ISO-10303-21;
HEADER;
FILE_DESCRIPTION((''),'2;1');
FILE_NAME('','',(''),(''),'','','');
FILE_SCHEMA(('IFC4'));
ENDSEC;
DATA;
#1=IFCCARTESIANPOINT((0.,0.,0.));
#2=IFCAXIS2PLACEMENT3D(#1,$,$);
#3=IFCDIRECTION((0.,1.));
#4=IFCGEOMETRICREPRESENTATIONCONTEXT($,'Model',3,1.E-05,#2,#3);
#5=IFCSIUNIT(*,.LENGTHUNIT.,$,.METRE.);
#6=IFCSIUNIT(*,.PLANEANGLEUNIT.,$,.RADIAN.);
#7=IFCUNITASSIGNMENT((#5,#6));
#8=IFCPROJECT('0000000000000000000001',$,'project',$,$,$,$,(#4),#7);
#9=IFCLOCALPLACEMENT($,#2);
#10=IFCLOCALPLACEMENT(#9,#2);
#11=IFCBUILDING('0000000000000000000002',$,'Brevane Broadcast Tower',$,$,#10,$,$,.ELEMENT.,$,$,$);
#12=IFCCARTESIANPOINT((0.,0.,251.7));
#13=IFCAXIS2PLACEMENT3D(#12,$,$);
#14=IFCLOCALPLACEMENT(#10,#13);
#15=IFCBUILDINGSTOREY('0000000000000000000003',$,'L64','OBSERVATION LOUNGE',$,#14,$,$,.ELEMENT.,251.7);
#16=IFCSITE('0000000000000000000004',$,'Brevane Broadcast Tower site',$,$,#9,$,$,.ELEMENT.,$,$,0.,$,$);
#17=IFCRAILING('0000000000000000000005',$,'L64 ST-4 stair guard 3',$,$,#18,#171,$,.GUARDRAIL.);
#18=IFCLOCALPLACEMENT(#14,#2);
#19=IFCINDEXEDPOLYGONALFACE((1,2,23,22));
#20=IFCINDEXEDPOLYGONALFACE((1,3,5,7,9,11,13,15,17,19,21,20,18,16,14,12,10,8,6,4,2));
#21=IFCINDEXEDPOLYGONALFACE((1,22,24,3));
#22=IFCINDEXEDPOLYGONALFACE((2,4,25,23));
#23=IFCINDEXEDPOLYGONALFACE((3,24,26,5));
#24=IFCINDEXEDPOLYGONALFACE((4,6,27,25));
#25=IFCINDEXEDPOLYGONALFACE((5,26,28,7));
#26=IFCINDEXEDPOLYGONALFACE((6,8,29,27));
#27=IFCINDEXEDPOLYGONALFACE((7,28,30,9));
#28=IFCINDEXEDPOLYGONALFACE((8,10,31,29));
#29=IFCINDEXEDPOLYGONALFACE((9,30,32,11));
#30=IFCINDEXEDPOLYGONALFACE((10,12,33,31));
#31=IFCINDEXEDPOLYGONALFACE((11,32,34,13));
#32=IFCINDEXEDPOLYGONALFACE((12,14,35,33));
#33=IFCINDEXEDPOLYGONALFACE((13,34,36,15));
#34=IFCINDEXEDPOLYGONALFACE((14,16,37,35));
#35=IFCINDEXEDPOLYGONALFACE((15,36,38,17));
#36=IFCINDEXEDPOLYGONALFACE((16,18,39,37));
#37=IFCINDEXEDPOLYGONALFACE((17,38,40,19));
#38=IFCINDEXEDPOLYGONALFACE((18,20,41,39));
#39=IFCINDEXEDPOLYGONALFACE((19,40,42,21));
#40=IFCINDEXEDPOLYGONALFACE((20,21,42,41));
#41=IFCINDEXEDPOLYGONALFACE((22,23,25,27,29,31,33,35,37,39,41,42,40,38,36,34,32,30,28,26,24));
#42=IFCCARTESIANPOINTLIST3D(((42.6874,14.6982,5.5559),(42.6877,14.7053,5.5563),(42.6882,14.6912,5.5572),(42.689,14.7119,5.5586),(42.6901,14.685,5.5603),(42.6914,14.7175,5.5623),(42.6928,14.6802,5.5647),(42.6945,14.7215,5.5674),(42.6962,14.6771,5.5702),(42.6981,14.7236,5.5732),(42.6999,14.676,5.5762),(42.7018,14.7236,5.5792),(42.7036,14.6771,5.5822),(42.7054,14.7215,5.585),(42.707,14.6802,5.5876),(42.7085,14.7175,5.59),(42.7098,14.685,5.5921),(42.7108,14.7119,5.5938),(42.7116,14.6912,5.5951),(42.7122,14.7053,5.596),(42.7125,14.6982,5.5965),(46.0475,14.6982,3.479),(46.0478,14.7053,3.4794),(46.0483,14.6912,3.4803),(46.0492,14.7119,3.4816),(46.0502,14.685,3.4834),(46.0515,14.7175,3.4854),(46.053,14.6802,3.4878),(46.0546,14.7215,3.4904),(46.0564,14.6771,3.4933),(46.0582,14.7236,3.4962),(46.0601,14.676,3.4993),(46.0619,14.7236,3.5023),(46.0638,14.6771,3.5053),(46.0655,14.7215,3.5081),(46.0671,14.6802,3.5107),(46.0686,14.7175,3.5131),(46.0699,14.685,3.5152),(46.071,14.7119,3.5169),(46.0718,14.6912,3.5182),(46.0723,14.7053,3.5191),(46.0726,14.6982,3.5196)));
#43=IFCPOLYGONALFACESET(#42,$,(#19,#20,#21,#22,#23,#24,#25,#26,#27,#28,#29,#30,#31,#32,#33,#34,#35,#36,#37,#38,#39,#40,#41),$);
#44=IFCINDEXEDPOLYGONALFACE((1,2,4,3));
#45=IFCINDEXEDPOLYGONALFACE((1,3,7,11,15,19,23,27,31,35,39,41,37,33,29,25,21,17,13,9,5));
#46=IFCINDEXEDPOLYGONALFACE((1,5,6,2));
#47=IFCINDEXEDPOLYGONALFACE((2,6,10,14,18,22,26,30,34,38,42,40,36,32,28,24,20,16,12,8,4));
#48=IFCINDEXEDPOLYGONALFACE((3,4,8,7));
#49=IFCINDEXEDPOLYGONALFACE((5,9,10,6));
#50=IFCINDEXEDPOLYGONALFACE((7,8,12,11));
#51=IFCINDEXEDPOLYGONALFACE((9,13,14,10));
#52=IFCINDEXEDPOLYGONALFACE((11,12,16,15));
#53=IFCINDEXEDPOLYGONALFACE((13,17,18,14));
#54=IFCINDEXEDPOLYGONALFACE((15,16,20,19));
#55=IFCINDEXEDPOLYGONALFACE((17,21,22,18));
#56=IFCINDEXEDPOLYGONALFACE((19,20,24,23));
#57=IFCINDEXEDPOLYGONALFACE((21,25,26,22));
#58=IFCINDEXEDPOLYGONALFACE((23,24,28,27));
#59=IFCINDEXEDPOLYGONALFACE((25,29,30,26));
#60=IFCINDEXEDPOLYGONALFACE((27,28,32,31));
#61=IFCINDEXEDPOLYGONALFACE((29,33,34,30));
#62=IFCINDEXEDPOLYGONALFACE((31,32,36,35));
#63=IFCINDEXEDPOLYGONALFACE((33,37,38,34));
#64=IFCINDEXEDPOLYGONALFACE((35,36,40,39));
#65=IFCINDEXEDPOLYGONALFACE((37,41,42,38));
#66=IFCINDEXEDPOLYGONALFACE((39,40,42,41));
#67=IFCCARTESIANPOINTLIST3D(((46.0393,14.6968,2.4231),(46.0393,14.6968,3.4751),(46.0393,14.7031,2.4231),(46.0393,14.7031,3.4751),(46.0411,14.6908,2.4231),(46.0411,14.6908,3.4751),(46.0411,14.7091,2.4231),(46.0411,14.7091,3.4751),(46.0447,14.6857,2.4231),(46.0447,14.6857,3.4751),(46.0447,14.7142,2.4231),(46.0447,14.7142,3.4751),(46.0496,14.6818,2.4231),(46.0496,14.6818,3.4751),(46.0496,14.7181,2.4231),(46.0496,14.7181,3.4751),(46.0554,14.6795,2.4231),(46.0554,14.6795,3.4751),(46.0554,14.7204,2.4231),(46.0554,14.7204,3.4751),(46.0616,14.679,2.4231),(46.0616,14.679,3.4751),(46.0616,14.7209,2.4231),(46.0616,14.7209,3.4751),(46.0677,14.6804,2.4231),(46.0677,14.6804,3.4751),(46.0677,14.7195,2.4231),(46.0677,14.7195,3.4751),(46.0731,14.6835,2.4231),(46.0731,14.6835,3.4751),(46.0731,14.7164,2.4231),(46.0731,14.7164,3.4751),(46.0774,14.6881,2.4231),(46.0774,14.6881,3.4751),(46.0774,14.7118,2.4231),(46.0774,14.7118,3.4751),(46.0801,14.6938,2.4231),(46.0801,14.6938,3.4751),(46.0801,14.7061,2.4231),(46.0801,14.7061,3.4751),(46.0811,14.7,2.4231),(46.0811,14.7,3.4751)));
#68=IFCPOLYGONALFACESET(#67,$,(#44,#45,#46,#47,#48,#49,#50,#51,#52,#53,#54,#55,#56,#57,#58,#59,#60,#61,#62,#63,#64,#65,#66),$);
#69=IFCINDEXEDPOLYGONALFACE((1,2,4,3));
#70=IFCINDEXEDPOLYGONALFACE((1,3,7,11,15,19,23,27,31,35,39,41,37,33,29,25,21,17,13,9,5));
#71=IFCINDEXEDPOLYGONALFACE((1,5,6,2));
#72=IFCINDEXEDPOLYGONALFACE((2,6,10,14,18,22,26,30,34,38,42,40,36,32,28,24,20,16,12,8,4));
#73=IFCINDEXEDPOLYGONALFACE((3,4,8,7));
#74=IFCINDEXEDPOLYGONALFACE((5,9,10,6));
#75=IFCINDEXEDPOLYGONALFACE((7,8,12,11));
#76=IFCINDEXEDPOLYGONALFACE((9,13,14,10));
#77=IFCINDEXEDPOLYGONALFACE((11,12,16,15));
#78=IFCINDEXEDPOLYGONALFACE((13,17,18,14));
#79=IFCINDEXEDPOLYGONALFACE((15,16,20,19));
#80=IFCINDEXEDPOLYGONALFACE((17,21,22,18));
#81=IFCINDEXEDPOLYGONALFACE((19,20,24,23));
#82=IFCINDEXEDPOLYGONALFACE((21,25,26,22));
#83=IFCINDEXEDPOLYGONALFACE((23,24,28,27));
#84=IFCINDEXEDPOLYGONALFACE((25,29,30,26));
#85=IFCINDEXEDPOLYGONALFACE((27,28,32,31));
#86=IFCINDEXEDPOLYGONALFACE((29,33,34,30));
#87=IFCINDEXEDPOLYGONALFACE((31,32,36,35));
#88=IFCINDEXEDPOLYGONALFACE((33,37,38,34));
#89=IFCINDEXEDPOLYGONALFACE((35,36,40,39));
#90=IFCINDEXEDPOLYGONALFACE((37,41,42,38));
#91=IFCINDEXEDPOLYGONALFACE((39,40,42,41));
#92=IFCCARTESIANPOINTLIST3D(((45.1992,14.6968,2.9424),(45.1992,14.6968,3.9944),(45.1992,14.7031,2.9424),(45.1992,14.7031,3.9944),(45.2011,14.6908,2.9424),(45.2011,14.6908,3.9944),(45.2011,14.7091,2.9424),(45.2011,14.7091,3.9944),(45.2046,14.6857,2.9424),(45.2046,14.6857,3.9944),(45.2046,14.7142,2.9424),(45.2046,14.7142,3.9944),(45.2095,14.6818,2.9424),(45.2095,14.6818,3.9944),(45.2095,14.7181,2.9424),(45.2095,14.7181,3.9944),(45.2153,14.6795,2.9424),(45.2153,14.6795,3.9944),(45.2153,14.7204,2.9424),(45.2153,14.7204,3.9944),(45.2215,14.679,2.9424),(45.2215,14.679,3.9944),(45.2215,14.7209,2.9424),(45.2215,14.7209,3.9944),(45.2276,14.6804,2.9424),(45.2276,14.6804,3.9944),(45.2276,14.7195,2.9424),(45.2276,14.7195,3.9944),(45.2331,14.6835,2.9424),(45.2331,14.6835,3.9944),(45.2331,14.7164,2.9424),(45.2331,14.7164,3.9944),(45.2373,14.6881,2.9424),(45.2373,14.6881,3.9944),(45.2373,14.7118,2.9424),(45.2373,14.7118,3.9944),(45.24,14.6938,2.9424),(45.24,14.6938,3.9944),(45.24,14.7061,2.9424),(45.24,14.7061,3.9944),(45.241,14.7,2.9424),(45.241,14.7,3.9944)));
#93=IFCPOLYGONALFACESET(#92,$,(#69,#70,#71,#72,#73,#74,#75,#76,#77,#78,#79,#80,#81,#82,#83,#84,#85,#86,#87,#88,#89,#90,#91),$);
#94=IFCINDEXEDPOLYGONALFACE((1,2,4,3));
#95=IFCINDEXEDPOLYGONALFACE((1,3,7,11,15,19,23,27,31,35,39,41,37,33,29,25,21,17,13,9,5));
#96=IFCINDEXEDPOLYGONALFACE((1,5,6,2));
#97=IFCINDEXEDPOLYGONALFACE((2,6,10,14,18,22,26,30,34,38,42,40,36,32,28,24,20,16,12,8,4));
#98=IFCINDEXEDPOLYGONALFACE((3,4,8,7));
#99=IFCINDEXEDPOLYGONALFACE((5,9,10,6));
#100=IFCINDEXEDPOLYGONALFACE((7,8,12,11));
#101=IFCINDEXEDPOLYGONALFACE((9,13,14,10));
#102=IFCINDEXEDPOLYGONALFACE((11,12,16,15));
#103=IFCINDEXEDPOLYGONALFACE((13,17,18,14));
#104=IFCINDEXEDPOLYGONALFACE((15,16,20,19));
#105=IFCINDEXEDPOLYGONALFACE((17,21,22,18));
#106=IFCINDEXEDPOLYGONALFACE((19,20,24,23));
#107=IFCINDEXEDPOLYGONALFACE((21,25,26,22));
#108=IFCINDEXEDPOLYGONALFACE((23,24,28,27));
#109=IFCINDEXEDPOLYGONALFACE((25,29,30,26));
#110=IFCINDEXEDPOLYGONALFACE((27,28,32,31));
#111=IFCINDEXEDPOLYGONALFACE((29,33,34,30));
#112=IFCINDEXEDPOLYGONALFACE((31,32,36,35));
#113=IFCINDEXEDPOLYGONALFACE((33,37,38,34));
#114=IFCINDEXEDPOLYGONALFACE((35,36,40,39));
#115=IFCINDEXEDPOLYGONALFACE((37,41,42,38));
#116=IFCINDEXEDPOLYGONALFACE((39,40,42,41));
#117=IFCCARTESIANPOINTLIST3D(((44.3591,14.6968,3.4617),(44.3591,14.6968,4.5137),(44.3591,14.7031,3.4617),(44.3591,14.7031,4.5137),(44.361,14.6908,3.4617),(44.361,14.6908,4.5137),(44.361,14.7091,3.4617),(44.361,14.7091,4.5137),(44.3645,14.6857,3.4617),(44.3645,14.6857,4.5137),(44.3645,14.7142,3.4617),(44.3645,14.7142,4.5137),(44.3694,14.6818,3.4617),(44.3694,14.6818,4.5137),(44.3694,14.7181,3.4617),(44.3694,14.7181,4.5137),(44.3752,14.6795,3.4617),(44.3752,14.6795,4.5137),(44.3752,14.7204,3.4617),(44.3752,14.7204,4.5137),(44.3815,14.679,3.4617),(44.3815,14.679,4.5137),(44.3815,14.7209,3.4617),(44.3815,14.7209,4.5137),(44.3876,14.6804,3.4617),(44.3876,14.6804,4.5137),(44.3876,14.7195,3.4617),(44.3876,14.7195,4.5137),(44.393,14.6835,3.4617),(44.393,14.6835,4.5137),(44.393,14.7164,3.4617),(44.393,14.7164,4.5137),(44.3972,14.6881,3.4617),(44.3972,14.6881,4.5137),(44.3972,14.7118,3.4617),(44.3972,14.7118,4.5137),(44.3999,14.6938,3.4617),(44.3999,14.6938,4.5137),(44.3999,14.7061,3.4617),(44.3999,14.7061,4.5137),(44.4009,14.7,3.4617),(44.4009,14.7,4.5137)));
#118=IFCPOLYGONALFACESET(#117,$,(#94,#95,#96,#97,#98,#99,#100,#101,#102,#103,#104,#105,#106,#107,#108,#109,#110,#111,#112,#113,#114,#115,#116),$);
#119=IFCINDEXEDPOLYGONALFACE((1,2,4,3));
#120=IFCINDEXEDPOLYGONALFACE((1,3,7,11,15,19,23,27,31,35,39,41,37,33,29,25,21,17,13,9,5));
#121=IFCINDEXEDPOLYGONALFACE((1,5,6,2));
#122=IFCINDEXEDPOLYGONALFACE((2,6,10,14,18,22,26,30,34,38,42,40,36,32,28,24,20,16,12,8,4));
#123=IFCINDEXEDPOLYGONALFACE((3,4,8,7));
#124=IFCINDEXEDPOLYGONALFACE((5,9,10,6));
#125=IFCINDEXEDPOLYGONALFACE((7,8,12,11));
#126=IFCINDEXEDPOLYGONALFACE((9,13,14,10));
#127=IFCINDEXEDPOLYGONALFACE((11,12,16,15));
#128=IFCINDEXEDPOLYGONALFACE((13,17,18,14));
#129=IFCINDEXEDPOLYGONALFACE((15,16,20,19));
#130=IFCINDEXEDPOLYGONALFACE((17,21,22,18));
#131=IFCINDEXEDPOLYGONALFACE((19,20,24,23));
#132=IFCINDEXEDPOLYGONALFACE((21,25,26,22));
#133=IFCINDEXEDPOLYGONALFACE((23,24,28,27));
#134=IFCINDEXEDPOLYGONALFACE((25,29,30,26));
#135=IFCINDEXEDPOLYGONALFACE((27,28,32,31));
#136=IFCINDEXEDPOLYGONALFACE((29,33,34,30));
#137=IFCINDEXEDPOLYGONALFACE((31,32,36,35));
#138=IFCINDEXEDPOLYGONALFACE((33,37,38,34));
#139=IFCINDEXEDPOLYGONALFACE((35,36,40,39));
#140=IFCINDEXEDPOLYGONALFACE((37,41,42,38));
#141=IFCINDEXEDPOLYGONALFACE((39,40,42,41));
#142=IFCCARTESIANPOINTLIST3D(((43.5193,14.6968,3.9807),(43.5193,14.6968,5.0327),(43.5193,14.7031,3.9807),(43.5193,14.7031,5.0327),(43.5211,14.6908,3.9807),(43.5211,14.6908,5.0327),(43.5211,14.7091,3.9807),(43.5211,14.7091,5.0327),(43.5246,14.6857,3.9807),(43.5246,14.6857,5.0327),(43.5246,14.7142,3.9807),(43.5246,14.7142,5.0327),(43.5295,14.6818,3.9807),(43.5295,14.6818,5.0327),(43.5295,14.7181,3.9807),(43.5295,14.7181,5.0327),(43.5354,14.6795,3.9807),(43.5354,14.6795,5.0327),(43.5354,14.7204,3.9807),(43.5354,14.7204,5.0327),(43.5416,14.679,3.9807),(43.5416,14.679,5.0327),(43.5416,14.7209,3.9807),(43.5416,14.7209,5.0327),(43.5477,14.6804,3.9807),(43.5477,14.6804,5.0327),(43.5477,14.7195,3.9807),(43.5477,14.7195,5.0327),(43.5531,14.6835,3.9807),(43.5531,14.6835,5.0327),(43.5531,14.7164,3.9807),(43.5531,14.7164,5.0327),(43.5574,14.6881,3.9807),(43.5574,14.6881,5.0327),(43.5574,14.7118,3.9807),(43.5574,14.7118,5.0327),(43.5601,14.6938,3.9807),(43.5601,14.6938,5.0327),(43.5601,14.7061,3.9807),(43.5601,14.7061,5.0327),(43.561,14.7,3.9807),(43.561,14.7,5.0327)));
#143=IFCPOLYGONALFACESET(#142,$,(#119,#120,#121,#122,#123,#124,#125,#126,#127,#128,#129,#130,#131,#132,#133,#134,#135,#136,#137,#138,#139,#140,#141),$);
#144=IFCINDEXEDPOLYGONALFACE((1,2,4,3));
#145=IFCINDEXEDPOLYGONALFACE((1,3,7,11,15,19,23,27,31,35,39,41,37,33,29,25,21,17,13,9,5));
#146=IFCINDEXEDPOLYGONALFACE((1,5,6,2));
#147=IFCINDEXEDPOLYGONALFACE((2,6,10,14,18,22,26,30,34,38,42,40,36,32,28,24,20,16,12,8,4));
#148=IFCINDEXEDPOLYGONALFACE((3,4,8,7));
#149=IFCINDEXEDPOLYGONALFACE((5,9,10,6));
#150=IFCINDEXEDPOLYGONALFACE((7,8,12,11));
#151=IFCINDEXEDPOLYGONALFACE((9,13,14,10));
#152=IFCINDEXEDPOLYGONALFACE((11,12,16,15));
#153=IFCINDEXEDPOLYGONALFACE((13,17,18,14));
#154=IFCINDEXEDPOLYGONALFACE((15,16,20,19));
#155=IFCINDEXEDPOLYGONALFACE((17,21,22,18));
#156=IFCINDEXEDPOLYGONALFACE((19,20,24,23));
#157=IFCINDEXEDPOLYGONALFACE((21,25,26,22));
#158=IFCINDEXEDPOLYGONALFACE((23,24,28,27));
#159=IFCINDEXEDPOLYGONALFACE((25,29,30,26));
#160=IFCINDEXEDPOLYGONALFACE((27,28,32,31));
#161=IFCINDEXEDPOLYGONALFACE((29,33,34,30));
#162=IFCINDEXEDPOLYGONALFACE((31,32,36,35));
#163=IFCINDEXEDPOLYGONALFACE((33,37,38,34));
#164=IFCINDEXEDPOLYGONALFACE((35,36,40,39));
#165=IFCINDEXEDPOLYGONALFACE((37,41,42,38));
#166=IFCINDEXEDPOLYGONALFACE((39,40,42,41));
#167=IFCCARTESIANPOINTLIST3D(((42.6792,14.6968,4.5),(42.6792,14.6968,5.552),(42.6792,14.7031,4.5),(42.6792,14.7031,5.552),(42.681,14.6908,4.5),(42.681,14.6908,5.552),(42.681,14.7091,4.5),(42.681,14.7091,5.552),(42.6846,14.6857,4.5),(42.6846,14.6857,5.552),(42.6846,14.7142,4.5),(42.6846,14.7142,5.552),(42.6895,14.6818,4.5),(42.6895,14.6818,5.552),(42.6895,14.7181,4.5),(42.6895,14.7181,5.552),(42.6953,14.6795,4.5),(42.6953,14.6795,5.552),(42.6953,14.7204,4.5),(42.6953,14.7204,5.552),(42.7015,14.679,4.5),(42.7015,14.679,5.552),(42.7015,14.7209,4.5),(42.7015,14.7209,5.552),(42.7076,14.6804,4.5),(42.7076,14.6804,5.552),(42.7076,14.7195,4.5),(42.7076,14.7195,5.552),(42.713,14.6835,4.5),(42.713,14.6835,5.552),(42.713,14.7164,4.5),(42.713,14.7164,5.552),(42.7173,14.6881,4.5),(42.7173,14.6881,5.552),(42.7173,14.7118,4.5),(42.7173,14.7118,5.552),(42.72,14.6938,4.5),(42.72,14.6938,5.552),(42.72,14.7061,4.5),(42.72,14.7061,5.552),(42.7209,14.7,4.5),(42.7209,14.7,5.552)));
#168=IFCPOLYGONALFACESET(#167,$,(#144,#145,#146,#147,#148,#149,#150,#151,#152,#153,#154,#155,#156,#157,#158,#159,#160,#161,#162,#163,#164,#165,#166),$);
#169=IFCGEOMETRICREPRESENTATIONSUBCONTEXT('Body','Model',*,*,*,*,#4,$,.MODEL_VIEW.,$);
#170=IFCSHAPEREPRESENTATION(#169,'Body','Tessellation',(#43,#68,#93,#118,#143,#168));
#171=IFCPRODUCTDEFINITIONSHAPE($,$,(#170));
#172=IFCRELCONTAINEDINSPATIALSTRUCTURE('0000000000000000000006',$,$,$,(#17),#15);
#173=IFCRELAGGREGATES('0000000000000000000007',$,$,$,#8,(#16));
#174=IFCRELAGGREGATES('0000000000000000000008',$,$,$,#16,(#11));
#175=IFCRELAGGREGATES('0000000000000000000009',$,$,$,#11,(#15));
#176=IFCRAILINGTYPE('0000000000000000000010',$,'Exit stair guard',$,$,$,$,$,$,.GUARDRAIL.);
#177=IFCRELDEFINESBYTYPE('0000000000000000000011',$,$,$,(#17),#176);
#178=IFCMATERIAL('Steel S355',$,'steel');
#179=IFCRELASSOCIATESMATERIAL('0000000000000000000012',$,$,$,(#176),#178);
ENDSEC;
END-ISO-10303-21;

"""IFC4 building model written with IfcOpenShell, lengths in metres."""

from ifc_helpers import new_model, si_unit, direction, frame, origin, origin_2d, place, context, subcontext, project, spatial, circle, extrude, material, type_object, element, save


model = new_model("IFC4")

# Units and contexts
model_context = context("Model", 3, precision=1e-05, world=origin(), true_north=direction((0.0, 1.0)))
body_context = subcontext(model_context, "Body", "Model", "MODEL_VIEW")
ifc_project = project(units=[si_unit("LENGTHUNIT", "METRE"), si_unit("PLANEANGLEUNIT", "RADIAN")], contexts=[model_context])

# Site, building, storey
site_placement = place(None, origin())
site = spatial("IfcSite", under=ifc_project, at=site_placement, Name="Brevane Broadcast Tower site", CompositionType="ELEMENT", RefElevation=0.0)
building_placement = place(site_placement, origin())
building = spatial("IfcBuilding", under=site, at=building_placement, Name="Brevane Broadcast Tower", CompositionType="ELEMENT")
storey_placement = place(building_placement, frame((0.0, 0.0, 251.7)))
storey = spatial("IfcBuildingStorey", under=building, at=storey_placement, Name="L64", Description="OBSERVATION LOUNGE", CompositionType="ELEMENT", Elevation=251.7)

# Railing
ifc_material_1 = material(Name="Steel S355", Category="steel")
railing_type_1 = type_object("IfcRailingType", Name="Exit stair guard", PredefinedType="GUARDRAIL", material=ifc_material_1)
railing_1_placement = place(storey_placement, frame((46.0601, 14.7, 2.4231)))
element("IfcRailing", 1, at=railing_1_placement, inside=storey, type_object=railing_type_1, Name="L64 ST-4 stair guard 3", PredefinedType="GUARDRAIL", context=body_context, shape_type="SweptSolid", body=[
    extrude(circle(Radius=0.0239, at=origin_2d()), frame((0.0, 0.0, 1.0762), z_axis=(-0.850623, 0.0, 0.525776), x_axis=(0.0, -1.0, 0.0)), (0.0, 0.0, 1.0), 3.9502),
    extrude(circle(Radius=0.021, at=origin_2d()), origin(), (0.0, 0.0, 1.0), 1.052),
    extrude(circle(Radius=0.021, at=origin_2d()), frame((-0.8401, 0.0, 0.5193)), (0.0, 0.0, 1.0), 1.052),
    extrude(circle(Radius=0.021, at=origin_2d()), frame((-1.6802, 0.0, 1.0386)), (0.0, 0.0, 1.0), 1.052),
    extrude(circle(Radius=0.021, at=origin_2d()), frame((-2.52, 0.0, 1.5576)), (0.0, 0.0, 1.0), 1.052),
    extrude(circle(Radius=0.021, at=origin_2d()), frame((-3.3601, 0.0, 2.0769)), (0.0, 0.0, 1.0), 1.052),
])

save(model, "model.ifc")
